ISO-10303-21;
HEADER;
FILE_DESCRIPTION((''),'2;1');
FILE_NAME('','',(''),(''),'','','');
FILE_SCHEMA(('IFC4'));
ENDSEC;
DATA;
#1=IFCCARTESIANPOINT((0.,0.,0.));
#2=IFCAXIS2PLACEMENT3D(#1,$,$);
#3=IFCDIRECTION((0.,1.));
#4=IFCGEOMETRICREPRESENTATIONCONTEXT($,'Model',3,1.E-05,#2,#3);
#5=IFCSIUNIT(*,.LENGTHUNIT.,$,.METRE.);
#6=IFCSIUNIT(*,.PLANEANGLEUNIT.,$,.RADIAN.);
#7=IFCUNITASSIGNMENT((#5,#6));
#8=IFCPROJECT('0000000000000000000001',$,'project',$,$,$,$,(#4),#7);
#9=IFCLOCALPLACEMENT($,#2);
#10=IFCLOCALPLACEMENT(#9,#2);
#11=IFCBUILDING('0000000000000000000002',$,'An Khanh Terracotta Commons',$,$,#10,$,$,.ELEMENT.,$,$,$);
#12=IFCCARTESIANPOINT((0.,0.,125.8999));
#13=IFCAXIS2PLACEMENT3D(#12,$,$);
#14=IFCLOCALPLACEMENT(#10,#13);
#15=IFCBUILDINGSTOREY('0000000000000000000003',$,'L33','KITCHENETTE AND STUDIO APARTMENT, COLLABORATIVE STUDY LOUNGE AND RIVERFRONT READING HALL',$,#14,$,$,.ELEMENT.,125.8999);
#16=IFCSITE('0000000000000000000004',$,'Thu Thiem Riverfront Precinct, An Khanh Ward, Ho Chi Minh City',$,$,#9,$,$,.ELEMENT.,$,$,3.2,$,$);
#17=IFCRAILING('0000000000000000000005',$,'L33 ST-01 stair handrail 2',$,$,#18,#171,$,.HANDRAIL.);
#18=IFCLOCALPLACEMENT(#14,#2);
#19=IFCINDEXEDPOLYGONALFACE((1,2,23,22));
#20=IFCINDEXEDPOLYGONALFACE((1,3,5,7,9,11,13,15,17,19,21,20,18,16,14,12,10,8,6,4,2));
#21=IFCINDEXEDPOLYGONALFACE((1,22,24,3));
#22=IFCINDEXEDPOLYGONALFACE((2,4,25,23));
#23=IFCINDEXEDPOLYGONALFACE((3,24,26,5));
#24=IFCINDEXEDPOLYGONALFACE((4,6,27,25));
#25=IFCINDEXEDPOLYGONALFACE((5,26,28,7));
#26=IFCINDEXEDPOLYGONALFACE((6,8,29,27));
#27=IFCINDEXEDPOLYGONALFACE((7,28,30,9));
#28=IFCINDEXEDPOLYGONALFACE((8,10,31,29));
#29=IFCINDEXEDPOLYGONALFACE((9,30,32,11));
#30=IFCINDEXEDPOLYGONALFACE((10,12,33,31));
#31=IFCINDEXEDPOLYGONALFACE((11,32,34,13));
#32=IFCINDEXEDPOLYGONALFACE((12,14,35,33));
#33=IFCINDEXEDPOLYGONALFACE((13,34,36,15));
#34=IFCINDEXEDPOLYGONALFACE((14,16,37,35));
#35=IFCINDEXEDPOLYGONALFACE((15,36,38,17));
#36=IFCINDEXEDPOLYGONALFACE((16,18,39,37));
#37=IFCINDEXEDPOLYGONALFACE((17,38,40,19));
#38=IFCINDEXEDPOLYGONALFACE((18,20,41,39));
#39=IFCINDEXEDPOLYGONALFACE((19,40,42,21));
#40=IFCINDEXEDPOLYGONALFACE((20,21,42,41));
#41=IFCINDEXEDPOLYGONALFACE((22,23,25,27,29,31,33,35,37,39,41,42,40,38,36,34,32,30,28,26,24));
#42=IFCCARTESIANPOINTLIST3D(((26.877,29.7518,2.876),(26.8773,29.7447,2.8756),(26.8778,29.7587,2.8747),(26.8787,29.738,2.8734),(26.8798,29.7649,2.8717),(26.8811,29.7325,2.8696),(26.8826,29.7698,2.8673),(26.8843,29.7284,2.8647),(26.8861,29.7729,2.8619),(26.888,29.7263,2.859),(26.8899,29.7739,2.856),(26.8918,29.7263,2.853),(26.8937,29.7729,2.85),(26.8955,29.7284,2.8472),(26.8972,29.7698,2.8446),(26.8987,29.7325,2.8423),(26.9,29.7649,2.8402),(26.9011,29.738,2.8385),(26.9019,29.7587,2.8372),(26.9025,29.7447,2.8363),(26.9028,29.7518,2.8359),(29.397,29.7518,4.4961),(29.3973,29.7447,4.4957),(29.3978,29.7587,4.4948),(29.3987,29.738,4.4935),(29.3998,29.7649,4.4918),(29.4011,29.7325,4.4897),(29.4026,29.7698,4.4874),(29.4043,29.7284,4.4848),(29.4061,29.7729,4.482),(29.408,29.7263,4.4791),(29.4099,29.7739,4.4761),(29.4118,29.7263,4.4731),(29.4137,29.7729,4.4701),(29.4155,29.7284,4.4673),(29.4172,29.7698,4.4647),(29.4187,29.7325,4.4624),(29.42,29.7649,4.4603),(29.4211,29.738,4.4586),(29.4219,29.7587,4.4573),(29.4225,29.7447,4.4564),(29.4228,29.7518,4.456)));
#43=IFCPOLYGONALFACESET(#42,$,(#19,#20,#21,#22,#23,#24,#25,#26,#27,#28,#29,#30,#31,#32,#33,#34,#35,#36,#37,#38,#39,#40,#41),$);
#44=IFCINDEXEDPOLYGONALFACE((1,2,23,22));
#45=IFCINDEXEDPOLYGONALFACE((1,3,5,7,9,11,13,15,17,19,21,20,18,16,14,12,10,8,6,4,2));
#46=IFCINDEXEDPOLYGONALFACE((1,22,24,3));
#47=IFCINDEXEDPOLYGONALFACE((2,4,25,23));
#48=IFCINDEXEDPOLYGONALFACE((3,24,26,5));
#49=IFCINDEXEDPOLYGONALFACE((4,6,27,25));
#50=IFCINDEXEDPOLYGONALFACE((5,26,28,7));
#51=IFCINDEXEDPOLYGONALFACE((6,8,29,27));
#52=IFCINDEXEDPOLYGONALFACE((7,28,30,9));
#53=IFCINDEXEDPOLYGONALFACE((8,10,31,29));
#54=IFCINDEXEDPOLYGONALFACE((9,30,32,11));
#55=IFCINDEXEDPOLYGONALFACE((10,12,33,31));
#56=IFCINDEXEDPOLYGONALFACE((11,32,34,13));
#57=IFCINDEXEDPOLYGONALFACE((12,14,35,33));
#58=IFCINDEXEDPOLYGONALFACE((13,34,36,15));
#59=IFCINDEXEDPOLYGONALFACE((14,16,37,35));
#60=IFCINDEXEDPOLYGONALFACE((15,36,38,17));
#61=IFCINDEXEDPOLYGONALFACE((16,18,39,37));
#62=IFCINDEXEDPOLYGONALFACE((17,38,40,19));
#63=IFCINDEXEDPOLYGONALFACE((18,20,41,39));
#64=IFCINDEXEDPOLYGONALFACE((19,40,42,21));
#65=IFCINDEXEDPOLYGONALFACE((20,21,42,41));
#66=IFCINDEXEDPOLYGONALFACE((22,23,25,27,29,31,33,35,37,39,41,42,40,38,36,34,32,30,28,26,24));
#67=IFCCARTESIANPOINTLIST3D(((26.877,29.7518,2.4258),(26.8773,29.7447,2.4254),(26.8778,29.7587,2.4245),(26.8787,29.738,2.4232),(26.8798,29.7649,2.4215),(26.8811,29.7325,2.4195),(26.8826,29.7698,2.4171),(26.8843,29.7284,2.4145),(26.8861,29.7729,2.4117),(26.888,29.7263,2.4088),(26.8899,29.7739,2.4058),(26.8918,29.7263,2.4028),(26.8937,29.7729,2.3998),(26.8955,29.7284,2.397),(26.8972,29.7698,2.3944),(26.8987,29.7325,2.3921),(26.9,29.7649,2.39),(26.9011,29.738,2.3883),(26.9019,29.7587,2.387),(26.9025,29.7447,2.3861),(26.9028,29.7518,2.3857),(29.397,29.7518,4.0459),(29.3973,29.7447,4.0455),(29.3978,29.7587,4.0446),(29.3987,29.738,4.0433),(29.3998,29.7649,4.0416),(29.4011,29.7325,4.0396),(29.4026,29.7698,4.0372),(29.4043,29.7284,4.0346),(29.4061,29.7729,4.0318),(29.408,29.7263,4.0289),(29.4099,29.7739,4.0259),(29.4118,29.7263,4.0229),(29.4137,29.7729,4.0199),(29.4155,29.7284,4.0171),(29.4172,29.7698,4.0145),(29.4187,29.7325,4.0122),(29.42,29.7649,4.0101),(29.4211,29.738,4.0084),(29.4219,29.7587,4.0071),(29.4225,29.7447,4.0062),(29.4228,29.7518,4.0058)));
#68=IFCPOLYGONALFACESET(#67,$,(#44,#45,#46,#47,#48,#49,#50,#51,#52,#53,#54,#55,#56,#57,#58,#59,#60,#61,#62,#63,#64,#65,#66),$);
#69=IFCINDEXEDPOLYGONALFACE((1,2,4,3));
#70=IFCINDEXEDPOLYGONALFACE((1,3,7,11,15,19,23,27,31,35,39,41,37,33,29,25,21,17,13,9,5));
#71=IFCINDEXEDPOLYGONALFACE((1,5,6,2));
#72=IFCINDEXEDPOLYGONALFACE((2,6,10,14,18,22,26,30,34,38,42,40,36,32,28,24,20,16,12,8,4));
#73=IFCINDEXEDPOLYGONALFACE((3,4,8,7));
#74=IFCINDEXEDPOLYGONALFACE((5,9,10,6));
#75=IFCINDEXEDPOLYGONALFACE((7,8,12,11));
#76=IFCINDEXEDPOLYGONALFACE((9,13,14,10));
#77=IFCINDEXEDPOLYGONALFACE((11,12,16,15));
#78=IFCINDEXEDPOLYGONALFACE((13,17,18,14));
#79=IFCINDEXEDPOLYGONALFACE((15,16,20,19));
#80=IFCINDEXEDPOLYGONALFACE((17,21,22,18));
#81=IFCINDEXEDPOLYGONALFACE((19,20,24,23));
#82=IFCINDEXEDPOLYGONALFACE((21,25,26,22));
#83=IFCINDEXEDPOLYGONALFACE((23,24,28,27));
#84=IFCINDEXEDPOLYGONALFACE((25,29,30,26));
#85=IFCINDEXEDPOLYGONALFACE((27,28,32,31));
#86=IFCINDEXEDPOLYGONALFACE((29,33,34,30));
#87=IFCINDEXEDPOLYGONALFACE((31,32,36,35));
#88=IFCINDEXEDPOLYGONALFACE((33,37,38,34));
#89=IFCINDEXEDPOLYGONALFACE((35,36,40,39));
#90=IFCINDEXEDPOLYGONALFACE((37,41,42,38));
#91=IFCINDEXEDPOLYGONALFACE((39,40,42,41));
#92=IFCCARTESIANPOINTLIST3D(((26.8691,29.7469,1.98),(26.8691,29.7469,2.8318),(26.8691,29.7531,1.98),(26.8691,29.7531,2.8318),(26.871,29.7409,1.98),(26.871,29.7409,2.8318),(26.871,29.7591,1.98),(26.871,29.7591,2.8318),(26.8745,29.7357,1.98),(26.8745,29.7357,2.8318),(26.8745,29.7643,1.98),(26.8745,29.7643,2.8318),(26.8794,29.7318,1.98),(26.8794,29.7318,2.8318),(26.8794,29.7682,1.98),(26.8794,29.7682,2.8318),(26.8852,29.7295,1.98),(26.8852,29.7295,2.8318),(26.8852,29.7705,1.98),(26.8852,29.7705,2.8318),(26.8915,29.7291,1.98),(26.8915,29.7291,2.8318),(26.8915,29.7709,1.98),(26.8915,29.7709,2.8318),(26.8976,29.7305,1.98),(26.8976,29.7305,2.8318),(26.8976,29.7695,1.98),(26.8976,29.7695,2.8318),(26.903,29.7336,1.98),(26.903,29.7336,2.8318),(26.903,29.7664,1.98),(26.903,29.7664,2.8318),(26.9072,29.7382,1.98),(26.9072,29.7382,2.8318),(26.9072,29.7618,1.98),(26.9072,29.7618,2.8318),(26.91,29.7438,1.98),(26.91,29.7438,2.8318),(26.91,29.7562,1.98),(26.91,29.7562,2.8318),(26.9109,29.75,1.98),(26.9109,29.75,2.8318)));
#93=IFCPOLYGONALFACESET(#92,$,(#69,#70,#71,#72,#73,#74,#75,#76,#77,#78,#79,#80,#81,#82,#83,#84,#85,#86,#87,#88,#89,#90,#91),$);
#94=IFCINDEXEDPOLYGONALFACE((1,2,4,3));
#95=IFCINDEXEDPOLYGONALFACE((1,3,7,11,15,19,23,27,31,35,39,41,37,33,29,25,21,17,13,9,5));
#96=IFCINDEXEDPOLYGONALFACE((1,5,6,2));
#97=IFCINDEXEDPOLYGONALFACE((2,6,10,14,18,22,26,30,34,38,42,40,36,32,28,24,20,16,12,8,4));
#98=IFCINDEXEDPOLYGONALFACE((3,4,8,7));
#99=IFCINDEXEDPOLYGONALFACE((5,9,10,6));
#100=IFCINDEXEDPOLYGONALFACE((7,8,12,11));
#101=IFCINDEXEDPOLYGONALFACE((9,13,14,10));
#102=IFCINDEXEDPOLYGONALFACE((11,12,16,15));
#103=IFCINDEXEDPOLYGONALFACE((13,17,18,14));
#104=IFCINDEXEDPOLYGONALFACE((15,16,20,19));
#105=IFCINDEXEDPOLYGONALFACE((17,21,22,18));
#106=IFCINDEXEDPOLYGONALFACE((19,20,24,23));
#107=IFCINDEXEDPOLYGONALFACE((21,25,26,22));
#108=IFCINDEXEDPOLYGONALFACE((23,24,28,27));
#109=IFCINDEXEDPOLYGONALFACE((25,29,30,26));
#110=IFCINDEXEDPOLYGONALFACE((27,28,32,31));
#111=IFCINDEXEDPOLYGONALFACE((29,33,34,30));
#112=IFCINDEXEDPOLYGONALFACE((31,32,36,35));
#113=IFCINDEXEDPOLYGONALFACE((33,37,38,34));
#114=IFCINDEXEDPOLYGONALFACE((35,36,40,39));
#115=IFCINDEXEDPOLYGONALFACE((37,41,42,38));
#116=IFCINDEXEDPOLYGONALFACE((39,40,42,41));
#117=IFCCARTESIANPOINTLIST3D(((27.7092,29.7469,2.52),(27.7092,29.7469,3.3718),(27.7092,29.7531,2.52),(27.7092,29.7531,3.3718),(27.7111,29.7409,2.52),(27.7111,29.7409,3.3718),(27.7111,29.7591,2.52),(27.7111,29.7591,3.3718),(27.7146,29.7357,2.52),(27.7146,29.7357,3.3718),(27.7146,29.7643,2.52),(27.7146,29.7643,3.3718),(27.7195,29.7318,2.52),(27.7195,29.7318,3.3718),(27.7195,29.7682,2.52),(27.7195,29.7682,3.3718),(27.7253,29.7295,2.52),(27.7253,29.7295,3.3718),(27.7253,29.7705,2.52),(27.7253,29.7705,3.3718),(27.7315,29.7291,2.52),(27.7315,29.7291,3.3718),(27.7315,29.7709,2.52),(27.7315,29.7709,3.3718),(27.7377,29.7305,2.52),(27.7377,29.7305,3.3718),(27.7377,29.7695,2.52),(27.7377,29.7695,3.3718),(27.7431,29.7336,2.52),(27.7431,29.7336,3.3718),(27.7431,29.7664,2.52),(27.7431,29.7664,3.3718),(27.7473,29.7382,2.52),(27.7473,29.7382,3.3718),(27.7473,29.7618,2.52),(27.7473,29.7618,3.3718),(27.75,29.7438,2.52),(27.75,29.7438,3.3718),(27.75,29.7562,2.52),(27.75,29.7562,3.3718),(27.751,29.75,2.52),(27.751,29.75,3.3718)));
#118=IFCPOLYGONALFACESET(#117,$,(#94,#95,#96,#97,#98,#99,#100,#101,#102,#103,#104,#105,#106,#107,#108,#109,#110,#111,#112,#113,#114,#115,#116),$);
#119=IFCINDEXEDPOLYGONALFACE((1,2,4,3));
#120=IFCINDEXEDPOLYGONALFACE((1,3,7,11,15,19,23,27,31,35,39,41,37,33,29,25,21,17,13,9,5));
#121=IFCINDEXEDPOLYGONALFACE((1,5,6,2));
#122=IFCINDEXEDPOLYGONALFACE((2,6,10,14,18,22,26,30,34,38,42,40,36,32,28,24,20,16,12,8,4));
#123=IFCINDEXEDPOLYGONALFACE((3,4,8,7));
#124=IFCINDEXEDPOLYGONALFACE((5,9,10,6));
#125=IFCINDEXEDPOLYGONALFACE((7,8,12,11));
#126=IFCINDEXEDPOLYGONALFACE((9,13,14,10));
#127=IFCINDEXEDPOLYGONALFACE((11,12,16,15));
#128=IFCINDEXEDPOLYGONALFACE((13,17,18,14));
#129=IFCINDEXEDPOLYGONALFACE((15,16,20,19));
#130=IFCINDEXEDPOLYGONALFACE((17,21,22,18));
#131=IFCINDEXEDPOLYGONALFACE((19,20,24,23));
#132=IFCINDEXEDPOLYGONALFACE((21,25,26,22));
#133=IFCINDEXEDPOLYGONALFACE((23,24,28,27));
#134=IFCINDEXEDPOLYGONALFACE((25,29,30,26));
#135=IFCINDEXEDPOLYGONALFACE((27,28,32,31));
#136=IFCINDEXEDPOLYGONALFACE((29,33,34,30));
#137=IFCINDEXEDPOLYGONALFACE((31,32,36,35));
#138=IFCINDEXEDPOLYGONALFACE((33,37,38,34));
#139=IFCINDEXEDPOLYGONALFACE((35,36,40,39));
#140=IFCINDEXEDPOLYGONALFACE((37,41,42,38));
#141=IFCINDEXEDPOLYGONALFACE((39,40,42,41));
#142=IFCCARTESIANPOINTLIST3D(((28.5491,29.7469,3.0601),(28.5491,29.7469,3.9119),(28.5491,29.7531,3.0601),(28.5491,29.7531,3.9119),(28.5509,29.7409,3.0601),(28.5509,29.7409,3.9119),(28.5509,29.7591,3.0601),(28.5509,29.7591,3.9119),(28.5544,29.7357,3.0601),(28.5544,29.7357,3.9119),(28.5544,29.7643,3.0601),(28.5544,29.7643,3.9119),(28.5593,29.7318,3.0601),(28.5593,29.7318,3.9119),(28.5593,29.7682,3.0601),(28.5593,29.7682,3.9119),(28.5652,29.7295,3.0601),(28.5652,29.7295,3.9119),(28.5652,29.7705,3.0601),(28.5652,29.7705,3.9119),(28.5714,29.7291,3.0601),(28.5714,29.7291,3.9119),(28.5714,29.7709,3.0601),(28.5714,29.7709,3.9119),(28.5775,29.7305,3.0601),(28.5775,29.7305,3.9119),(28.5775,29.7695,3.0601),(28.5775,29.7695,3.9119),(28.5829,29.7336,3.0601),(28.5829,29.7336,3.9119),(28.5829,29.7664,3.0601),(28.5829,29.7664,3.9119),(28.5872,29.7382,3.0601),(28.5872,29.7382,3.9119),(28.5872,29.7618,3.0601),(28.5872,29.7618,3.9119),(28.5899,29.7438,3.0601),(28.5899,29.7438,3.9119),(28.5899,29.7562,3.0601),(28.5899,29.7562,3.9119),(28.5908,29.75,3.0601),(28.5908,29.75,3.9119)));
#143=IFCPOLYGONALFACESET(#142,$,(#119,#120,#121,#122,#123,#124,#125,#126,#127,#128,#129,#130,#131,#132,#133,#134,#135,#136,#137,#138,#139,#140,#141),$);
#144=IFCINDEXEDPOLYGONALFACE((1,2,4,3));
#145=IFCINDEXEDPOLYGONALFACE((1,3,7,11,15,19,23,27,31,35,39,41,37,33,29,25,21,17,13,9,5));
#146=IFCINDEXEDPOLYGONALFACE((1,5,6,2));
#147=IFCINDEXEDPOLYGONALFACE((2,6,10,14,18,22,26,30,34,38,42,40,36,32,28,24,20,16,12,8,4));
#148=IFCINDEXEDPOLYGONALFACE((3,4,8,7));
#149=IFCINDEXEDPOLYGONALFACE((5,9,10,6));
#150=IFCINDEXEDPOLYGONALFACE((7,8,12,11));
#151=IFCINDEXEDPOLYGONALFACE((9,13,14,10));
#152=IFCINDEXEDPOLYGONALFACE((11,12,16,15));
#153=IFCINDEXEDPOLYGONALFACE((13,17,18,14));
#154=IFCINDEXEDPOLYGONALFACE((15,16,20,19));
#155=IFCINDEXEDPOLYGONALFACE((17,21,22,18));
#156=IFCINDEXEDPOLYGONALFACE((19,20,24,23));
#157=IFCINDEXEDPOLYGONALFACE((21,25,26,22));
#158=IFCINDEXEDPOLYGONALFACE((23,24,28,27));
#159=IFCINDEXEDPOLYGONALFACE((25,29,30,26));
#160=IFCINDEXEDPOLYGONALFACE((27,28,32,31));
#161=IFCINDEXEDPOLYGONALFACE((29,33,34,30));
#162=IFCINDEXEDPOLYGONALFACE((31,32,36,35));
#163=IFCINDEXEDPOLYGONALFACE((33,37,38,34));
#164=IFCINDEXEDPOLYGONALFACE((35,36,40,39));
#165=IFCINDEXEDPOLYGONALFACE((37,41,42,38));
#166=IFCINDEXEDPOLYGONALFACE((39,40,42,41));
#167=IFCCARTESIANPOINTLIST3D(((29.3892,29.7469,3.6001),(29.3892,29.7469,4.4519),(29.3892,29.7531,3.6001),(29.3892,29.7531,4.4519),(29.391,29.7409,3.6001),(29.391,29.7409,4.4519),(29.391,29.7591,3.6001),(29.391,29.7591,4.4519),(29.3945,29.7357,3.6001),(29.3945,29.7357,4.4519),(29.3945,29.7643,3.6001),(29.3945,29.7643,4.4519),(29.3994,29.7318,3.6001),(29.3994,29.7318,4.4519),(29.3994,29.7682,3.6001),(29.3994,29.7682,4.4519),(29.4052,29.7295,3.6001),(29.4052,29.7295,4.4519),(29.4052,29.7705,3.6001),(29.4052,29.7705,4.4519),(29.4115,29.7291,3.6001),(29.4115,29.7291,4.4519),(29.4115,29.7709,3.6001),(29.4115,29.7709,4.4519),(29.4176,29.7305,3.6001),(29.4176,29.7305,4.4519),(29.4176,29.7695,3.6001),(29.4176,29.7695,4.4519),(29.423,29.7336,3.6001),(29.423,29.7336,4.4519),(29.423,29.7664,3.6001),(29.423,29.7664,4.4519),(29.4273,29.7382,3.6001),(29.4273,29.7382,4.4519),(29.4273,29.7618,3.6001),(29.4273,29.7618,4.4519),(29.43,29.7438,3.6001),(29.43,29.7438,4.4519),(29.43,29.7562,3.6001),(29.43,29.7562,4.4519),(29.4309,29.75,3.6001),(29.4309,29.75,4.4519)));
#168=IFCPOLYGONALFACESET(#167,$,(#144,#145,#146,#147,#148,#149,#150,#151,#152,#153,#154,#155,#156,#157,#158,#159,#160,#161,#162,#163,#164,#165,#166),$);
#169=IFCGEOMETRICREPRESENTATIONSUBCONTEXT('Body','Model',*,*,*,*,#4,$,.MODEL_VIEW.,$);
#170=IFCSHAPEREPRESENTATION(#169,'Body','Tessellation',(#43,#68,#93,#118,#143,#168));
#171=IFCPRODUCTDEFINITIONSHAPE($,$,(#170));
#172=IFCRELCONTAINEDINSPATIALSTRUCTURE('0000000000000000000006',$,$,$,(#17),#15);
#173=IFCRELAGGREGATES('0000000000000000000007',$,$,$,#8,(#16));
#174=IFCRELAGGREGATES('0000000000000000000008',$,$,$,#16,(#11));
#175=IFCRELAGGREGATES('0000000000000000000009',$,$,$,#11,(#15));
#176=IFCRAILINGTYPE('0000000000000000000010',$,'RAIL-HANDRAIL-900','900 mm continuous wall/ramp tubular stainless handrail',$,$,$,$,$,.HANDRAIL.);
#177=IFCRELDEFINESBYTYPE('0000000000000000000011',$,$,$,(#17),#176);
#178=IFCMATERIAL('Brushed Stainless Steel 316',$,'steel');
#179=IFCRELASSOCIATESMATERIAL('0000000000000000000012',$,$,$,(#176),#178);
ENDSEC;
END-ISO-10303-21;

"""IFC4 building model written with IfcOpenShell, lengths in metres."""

from ifc_helpers import new_model, si_unit, direction, frame, origin, origin_2d, place, context, subcontext, project, spatial, circle, extrude, material, type_object, element, save


model = new_model("IFC4")

# Units and contexts
model_context = context("Model", 3, precision=1e-05, world=origin(), true_north=direction((0.0, 1.0)))
body_context = subcontext(model_context, "Body", "Model", "MODEL_VIEW")
ifc_project = project(units=[si_unit("LENGTHUNIT", "METRE"), si_unit("PLANEANGLEUNIT", "RADIAN")], contexts=[model_context])

# Site, building, storey
site_placement = place(None, origin())
site = spatial("IfcSite", under=ifc_project, at=site_placement, Name="Thu Thiem Riverfront Precinct, An Khanh Ward, Ho Chi Minh City", CompositionType="ELEMENT", RefElevation=3.2)
building_placement = place(site_placement, origin())
building = spatial("IfcBuilding", under=site, at=building_placement, Name="An Khanh Terracotta Commons", CompositionType="ELEMENT")
storey_placement = place(building_placement, frame((0.0, 0.0, 125.8999)))
storey = spatial("IfcBuildingStorey", under=building, at=storey_placement, Name="L33", Description="KITCHENETTE AND STUDIO APARTMENT, COLLABORATIVE STUDY LOUNGE AND RIVERFRONT READING HALL", CompositionType="ELEMENT", Elevation=125.8999)

# Railing
ifc_material_1 = material(Name="Brushed Stainless Steel 316", Category="steel")
railing_type_1 = type_object("IfcRailingType", Name="RAIL-HANDRAIL-900", Description="900 mm continuous wall/ramp tubular stainless handrail", PredefinedType="HANDRAIL", material=ifc_material_1)
railing_1_placement = place(storey_placement, frame((26.8899, 29.75, 1.98)))
element("IfcRailing", 1, at=railing_1_placement, inside=storey, type_object=railing_type_1, Name="L33 ST-01 stair handrail 2", PredefinedType="HANDRAIL", context=body_context, shape_type="SweptSolid", body=[
    extrude(circle(Radius=0.0239, at=origin_2d()), frame((0.0, 0.0, 0.876), z_axis=(0.841163, 0.0, 0.540782), x_axis=(0.0, 1.0, 0.0)), (0.0, 0.0, 1.0), 2.9958),
    extrude(circle(Radius=0.0239, at=origin_2d()), frame((0.0, 0.0, 0.4258), z_axis=(0.841163, 0.0, 0.540782), x_axis=(0.0, 1.0, 0.0)), (0.0, 0.0, 1.0), 2.9958),
    extrude(circle(Radius=0.021, at=origin_2d()), origin(), (0.0, 0.0, 1.0), 0.8518),
    extrude(circle(Radius=0.021, at=origin_2d()), frame((0.8401, 0.0, 0.54)), (0.0, 0.0, 1.0), 0.8518),
    extrude(circle(Radius=0.021, at=origin_2d()), frame((1.6799, 0.0, 1.0801)), (0.0, 0.0, 1.0), 0.8518),
    extrude(circle(Radius=0.021, at=origin_2d()), frame((2.52, 0.0, 1.6201)), (0.0, 0.0, 1.0), 0.8518),
])

save(model, "model.ifc")
